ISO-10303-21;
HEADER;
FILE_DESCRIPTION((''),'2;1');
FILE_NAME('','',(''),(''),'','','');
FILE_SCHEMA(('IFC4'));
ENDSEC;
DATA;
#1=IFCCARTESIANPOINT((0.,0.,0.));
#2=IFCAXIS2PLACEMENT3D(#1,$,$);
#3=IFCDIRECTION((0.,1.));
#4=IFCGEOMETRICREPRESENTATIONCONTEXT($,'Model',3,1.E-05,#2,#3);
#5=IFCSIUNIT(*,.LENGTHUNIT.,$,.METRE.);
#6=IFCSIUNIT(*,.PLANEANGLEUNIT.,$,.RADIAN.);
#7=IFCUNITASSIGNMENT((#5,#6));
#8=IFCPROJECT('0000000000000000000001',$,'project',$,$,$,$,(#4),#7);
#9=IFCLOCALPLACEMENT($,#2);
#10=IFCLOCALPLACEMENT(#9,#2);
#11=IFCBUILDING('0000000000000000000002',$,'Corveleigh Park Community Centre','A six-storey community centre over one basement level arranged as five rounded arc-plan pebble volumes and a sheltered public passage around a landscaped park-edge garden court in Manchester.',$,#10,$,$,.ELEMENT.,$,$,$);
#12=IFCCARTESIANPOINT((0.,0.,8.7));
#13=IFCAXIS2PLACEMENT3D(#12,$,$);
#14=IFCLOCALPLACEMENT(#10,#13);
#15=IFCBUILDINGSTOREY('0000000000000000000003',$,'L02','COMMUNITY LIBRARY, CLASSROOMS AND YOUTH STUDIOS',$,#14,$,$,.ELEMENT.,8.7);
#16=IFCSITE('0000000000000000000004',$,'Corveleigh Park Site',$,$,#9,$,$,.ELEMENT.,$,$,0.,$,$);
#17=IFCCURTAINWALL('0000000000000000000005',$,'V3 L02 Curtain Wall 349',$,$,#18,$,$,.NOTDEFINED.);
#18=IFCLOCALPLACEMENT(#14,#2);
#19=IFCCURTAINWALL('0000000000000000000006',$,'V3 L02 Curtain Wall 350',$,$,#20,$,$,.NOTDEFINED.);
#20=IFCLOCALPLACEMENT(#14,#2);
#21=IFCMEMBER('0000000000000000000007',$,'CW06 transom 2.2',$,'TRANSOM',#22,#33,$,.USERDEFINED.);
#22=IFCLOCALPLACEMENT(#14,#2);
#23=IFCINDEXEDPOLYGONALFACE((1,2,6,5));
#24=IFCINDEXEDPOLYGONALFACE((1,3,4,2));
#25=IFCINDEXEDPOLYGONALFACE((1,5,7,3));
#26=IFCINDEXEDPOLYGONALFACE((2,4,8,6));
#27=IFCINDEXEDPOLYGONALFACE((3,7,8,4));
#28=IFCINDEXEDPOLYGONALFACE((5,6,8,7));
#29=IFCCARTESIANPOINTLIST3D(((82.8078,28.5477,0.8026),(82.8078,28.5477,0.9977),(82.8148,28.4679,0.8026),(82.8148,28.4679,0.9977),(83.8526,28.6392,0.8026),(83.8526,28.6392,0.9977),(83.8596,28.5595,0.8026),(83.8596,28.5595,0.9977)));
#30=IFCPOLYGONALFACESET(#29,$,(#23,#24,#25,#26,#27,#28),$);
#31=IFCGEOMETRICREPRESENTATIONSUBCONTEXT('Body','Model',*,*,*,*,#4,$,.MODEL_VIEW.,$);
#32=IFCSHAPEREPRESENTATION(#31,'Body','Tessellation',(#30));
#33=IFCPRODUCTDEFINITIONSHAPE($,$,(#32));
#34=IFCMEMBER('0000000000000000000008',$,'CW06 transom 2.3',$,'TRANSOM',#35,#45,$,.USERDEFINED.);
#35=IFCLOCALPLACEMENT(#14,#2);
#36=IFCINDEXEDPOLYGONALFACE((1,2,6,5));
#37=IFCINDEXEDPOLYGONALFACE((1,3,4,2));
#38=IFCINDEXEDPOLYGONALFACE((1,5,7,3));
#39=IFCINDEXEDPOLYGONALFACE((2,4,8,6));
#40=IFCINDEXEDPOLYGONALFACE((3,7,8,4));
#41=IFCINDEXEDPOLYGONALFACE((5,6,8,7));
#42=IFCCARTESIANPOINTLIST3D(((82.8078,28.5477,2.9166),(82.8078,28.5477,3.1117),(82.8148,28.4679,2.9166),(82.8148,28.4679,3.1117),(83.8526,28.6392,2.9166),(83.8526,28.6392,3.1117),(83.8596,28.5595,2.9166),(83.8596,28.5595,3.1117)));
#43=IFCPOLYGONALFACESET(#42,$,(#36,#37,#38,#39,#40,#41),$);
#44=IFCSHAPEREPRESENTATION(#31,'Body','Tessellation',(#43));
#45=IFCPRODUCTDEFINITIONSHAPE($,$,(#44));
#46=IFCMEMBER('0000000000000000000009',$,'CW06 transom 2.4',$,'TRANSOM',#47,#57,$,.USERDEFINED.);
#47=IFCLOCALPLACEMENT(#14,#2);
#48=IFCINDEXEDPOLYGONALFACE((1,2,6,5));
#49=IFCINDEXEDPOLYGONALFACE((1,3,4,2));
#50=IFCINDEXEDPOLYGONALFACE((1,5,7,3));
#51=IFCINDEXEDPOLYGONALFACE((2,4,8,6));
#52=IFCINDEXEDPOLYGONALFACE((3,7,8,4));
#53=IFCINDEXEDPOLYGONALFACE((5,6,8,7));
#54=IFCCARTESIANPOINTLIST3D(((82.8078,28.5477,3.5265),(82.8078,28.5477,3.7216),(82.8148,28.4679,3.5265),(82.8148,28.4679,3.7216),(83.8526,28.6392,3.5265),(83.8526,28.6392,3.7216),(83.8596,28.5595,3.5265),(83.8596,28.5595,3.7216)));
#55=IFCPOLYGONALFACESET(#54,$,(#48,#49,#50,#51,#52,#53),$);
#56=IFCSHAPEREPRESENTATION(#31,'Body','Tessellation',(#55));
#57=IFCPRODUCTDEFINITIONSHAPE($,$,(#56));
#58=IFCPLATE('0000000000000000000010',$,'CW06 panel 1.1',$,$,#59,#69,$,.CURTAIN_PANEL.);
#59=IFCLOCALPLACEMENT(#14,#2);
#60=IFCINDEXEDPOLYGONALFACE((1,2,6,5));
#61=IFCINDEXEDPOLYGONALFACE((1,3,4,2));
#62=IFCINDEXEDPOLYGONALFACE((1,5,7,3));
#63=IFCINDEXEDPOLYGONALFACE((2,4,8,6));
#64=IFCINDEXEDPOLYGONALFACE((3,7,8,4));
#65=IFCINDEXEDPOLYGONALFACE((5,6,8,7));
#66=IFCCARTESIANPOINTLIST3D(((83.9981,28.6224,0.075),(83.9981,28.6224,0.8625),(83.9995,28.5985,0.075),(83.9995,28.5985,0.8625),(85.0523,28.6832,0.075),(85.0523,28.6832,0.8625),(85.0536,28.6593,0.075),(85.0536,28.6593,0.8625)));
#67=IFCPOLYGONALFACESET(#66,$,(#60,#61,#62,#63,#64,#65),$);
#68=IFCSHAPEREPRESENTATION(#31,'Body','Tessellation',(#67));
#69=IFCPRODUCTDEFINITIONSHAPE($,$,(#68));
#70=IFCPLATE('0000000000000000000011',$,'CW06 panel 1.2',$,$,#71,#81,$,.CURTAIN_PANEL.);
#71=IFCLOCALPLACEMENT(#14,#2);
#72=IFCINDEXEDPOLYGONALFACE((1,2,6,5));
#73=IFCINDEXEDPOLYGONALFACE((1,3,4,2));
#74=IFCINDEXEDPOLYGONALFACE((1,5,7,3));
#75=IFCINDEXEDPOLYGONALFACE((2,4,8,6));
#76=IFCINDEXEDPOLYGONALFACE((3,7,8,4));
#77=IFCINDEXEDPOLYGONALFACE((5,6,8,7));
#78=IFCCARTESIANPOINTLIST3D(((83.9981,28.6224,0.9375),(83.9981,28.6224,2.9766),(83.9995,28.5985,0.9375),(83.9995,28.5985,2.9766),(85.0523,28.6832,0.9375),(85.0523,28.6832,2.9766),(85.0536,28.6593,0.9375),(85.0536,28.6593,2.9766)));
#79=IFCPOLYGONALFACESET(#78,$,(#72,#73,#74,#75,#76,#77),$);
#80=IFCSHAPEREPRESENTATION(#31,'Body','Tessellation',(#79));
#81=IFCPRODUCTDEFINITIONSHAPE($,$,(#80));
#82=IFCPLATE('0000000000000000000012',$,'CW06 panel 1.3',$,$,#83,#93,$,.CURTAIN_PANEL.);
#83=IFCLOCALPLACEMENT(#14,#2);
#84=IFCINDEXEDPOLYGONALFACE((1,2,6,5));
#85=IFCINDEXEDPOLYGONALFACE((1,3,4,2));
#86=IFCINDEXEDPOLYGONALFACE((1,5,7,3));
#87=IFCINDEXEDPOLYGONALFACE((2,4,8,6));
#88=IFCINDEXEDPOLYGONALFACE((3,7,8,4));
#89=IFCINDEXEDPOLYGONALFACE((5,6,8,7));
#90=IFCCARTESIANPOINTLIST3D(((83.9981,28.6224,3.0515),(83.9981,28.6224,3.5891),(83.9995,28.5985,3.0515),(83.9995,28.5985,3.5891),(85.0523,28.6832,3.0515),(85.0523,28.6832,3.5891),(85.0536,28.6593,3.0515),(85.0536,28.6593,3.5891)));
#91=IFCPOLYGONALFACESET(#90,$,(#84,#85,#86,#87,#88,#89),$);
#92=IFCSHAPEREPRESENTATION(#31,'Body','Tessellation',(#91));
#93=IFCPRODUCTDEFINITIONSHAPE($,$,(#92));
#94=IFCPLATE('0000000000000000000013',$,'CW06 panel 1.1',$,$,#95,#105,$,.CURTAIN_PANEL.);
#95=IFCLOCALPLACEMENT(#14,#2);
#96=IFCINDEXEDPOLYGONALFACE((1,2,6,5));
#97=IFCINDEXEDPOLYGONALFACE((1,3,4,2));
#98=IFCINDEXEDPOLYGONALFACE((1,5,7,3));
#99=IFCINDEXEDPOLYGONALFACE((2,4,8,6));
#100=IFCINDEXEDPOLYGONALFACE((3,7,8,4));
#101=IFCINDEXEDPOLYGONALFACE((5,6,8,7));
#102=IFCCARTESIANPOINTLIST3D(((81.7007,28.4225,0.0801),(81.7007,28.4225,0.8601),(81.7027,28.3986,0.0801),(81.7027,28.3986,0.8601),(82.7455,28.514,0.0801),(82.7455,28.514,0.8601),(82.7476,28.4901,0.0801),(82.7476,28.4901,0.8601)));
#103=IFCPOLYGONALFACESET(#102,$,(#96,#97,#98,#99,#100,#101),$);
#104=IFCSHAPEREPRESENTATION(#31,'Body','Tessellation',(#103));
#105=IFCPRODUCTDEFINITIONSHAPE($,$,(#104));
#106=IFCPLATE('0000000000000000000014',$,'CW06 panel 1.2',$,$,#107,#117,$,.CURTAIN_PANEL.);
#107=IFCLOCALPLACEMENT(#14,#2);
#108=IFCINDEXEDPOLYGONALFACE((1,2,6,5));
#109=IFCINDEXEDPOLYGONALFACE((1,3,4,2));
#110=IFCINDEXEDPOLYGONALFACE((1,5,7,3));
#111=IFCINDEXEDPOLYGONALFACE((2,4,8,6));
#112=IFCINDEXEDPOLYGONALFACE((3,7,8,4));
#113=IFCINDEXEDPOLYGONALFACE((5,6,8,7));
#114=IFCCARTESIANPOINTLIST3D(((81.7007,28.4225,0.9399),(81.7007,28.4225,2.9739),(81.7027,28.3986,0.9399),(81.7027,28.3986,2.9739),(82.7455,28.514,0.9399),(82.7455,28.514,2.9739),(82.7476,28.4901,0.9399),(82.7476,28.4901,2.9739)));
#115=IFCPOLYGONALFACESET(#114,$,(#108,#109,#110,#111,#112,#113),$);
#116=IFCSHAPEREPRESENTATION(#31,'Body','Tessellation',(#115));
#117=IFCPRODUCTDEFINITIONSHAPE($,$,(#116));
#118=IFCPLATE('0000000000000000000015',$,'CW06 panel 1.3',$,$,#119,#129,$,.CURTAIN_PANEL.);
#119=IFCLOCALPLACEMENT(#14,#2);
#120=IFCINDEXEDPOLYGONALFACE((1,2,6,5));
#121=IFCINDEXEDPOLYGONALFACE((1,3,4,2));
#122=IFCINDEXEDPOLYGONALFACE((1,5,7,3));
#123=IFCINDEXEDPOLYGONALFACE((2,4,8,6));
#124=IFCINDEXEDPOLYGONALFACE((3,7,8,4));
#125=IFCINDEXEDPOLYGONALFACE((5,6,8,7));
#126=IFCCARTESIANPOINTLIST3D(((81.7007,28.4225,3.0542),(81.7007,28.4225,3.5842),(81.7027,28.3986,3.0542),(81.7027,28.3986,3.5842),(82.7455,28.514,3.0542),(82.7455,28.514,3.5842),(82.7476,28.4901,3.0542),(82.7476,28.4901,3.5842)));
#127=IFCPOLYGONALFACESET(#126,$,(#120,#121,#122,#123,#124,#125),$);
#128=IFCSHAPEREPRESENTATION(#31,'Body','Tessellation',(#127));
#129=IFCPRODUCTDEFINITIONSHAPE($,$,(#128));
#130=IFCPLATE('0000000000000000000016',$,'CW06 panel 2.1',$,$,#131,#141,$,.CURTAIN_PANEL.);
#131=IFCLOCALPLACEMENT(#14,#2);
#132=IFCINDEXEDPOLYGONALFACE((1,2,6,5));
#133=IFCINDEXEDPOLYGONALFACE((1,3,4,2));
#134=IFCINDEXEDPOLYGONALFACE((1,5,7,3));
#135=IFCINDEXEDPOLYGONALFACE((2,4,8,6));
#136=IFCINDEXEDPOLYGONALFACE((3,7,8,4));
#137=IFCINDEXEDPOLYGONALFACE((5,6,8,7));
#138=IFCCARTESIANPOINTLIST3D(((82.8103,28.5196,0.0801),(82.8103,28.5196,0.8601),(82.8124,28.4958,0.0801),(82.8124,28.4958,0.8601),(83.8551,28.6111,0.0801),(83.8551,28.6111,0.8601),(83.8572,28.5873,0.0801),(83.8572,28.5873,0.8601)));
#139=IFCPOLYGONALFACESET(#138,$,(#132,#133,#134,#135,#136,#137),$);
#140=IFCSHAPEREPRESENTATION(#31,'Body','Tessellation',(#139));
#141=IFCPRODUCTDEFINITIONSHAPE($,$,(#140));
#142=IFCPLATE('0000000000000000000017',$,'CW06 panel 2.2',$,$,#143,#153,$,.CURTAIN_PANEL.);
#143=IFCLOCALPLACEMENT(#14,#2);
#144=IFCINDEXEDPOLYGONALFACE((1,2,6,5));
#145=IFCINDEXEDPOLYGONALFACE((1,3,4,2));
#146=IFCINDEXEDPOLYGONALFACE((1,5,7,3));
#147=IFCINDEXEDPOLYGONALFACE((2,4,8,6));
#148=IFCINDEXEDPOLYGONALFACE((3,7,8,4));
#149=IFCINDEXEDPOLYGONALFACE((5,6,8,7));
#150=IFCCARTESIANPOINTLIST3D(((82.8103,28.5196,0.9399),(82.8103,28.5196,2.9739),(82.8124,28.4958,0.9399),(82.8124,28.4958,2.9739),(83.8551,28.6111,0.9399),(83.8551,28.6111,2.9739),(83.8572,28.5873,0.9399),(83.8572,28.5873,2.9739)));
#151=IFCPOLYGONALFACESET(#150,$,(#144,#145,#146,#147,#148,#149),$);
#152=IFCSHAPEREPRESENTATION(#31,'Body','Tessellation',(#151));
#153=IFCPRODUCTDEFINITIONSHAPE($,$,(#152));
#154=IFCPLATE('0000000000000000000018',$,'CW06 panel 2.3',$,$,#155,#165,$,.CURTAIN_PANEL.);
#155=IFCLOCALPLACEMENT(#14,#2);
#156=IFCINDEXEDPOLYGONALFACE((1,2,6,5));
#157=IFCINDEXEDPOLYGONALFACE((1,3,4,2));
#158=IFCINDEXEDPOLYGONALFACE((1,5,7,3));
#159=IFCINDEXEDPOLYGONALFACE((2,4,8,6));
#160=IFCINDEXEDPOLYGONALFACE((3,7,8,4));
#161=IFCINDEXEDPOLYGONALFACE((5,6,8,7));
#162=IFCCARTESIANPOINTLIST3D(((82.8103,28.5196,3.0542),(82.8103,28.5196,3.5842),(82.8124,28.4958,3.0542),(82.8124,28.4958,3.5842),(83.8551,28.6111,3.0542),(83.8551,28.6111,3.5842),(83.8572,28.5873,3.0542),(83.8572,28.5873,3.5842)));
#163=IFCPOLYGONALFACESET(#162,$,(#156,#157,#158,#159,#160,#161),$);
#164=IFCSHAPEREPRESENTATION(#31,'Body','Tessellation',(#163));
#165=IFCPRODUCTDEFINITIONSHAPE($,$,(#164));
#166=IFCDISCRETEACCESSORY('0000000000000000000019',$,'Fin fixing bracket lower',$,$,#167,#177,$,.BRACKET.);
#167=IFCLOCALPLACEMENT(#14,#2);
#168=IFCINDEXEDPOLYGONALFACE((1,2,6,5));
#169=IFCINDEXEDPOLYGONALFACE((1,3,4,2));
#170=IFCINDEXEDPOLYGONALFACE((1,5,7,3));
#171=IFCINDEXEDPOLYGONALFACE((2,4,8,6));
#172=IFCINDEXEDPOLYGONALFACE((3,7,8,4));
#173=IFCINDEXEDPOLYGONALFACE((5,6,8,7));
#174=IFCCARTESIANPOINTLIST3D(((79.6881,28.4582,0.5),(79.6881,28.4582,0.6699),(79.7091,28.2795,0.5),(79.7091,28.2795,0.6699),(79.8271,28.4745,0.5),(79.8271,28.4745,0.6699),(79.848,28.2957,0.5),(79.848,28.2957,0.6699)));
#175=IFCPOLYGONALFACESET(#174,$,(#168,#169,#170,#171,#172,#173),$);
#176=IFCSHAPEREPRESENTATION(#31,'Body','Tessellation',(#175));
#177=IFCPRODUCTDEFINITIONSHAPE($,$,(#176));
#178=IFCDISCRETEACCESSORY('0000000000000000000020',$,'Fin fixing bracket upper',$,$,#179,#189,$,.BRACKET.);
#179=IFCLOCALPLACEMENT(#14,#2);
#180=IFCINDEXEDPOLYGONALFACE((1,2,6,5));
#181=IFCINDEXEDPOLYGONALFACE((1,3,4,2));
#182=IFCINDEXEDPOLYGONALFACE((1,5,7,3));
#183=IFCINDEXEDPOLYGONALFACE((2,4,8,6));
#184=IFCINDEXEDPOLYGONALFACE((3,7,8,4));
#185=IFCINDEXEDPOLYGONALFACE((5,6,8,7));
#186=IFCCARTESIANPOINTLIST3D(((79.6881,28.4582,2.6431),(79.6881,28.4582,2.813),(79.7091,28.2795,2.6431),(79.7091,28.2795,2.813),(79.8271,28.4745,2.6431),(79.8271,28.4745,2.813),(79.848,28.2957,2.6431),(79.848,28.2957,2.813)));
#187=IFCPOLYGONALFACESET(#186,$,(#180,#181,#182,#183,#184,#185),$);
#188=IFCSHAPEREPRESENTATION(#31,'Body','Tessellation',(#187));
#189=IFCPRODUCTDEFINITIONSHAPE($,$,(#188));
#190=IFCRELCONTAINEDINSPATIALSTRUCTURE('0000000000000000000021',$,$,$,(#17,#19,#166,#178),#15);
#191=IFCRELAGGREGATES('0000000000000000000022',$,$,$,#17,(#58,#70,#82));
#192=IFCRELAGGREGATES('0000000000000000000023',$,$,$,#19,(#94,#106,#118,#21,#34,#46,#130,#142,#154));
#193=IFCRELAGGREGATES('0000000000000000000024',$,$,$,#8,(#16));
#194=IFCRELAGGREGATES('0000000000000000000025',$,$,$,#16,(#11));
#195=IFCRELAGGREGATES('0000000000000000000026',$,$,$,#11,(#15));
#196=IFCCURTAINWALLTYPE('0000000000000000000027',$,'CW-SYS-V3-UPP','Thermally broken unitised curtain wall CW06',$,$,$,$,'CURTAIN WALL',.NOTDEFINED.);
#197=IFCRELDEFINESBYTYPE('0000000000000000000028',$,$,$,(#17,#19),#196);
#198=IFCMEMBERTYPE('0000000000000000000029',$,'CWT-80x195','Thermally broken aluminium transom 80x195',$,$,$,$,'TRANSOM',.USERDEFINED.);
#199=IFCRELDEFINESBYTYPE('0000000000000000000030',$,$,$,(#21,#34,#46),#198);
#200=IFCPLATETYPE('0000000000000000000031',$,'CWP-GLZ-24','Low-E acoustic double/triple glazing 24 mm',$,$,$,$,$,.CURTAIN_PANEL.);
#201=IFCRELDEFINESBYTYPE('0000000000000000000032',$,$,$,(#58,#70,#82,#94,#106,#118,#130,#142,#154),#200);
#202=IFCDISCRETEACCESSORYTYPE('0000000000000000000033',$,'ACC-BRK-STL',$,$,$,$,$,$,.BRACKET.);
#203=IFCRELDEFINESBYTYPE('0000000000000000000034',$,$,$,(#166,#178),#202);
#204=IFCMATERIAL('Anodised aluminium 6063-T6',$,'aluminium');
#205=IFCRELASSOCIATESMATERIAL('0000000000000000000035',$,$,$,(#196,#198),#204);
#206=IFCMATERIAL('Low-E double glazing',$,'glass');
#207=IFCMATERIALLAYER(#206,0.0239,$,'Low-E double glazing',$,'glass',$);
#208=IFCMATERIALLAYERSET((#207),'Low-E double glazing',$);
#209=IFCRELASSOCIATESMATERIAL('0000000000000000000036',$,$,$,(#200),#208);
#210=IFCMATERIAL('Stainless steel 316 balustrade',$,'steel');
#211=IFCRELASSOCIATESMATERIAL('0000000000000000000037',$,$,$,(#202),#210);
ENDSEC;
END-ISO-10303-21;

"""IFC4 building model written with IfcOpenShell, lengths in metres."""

from ifc_helpers import new_model, si_unit, direction, frame, origin, origin_2d, place, context, subcontext, project, spatial, rectangle, extrude, material, layer, layer_set, material_profile, profile_set, type_object, element, aggregate, save


model = new_model("IFC4")

# Units and contexts
model_context = context("Model", 3, precision=1e-05, world=origin(), true_north=direction((0.0, 1.0)))
body_context = subcontext(model_context, "Body", "Model", "MODEL_VIEW")
ifc_project = project(units=[si_unit("LENGTHUNIT", "METRE"), si_unit("PLANEANGLEUNIT", "RADIAN")], contexts=[model_context])

# Site, building, storey
site_placement = place(None, origin())
site = spatial("IfcSite", under=ifc_project, at=site_placement, Name="Corveleigh Park Site", CompositionType="ELEMENT", RefElevation=0.0)
building_placement = place(site_placement, origin())
building = spatial("IfcBuilding", under=site, at=building_placement, Name="Corveleigh Park Community Centre", Description="A six-storey community centre over one basement level arranged as five rounded arc-plan pebble volumes and a sheltered public passage around a landscaped park-edge garden court in Manchester.", CompositionType="ELEMENT")
storey_placement = place(building_placement, frame((0.0, 0.0, 8.7)))
storey = spatial("IfcBuildingStorey", under=building, at=storey_placement, Name="L02", Description="COMMUNITY LIBRARY, CLASSROOMS AND YOUTH STUDIOS", CompositionType="ELEMENT", Elevation=8.7)

# Curtain walls
ifc_material_1 = material(Name="Anodised aluminium 6063-T6", Category="aluminium")
curtain_wall_type = type_object("IfcCurtainWallType", Name="CW-SYS-V3-UPP", Description="Thermally broken unitised curtain wall CW06", ElementType="CURTAIN WALL", PredefinedType="NOTDEFINED", material=ifc_material_1)
curtain_wall_1_placement = place(storey_placement, origin())
curtain_wall_1 = element("IfcCurtainWall", 1, at=curtain_wall_1_placement, inside=storey, type_object=curtain_wall_type, Name="V3 L02 Curtain Wall 349", PredefinedType="NOTDEFINED")
curtain_wall_2_placement = place(storey_placement, origin())
curtain_wall_2 = element("IfcCurtainWall", 2, at=curtain_wall_2_placement, inside=storey, type_object=curtain_wall_type, Name="V3 L02 Curtain Wall 350", PredefinedType="NOTDEFINED")

# Members
ifc_material_profile_1 = material_profile(ifc_material_1, rectangle(XDim=0.0801, YDim=0.1951, at=origin_2d()), Name="ALU-T80x195", Category="aluminium")
ifc_profile_set_1 = profile_set([ifc_material_profile_1], Name="Anodised aluminium 6063-T6")
member_type_1 = type_object("IfcMemberType", Name="CWT-80x195", Description="Thermally broken aluminium transom 80x195", ElementType="TRANSOM", PredefinedType="USERDEFINED", material=ifc_profile_set_1)
member_1_placement = place(storey_placement, frame((82.8113, 28.5078, 0.9001), z_axis=(0.996184, 0.087282, 0.0), x_axis=(-0.087282, 0.996184, 0.0)))
member_1 = element("IfcMember", 3, at=member_1_placement, type_object=member_type_1, Name="CW06 transom 2.2", ObjectType="TRANSOM", PredefinedType="USERDEFINED", context=body_context, shape_type="SweptSolid", body=[
    extrude(rectangle(XDim=0.0801, YDim=0.1951, at=origin_2d()), origin(), (0.0, 0.0, 1.0), 1.0488),
])
member_2_placement = place(storey_placement, frame((82.8113, 28.5078, 3.0142), z_axis=(0.996184, 0.087282, 0.0), x_axis=(-0.087282, 0.996184, 0.0)))
member_2 = element("IfcMember", 4, at=member_2_placement, type_object=member_type_1, Name="CW06 transom 2.3", ObjectType="TRANSOM", PredefinedType="USERDEFINED", context=body_context, shape_type="SweptSolid", body=[
    extrude(rectangle(XDim=0.0801, YDim=0.1951, at=origin_2d()), origin(), (0.0, 0.0, 1.0), 1.0488),
])
member_3_placement = place(storey_placement, frame((82.8113, 28.5078, 3.624), z_axis=(0.996184, 0.087282, 0.0), x_axis=(-0.087282, 0.996184, 0.0)))
member_3 = element("IfcMember", 5, at=member_3_placement, type_object=member_type_1, Name="CW06 transom 2.4", ObjectType="TRANSOM", PredefinedType="USERDEFINED", context=body_context, shape_type="SweptSolid", body=[
    extrude(rectangle(XDim=0.0801, YDim=0.1951, at=origin_2d()), origin(), (0.0, 0.0, 1.0), 1.0488),
])

# Plates
ifc_material_2 = material(Name="Low-E double glazing", Category="glass")
ifc_layer = layer(ifc_material_2, 0.0239, Name="Low-E double glazing", Category="glass")
ifc_layer_set = layer_set([ifc_layer], Name="Low-E double glazing")
plate_type = type_object("IfcPlateType", Name="CWP-GLZ-24", Description="Low-E acoustic double/triple glazing 24 mm", PredefinedType="CURTAIN_PANEL", material=ifc_layer_set)
plate_1_placement = place(storey_placement, frame((84.5259, 28.6409, 0.075), z_axis=(0.0, 0.0, 1.0), x_axis=(0.99834, 0.057597, 0.0)))
plate_1 = element("IfcPlate", 6, at=plate_1_placement, type_object=plate_type, Name="CW06 panel 1.1", PredefinedType="CURTAIN_PANEL", context=body_context, shape_type="SweptSolid", body=[
    extrude(rectangle(XDim=1.0559, YDim=0.0239, at=origin_2d()), origin(), (0.0, 0.0, 1.0), 0.7876),
])
plate_2_placement = place(storey_placement, frame((84.5259, 28.6409, 0.9375), z_axis=(0.0, 0.0, 1.0), x_axis=(0.99834, 0.057597, 0.0)))
plate_2 = element("IfcPlate", 7, at=plate_2_placement, type_object=plate_type, Name="CW06 panel 1.2", PredefinedType="CURTAIN_PANEL", context=body_context, shape_type="SweptSolid", body=[
    extrude(rectangle(XDim=1.0559, YDim=0.0239, at=origin_2d()), origin(), (0.0, 0.0, 1.0), 2.0391),
])
plate_3_placement = place(storey_placement, frame((84.5259, 28.6409, 3.0515), z_axis=(0.0, 0.0, 1.0), x_axis=(0.99834, 0.057597, 0.0)))
plate_3 = element("IfcPlate", 8, at=plate_3_placement, type_object=plate_type, Name="CW06 panel 1.3", PredefinedType="CURTAIN_PANEL", context=body_context, shape_type="SweptSolid", body=[
    extrude(rectangle(XDim=1.0559, YDim=0.0239, at=origin_2d()), origin(), (0.0, 0.0, 1.0), 0.5376),
])
aggregate(curtain_wall_1, [plate_1, plate_2, plate_3])
plate_4_placement = place(storey_placement, frame((82.2241, 28.4563, 0.0801), z_axis=(0.0, 0.0, 1.0), x_axis=(0.996188, 0.087232, 0.0)))
plate_4 = element("IfcPlate", 9, at=plate_4_placement, type_object=plate_type, Name="CW06 panel 1.1", PredefinedType="CURTAIN_PANEL", context=body_context, shape_type="SweptSolid", body=[
    extrude(rectangle(XDim=1.0488, YDim=0.0239, at=origin_2d()), origin(), (0.0, 0.0, 1.0), 0.78),
])
plate_5_placement = place(storey_placement, frame((82.2241, 28.4563, 0.9399), z_axis=(0.0, 0.0, 1.0), x_axis=(0.996188, 0.087232, 0.0)))
plate_5 = element("IfcPlate", 10, at=plate_5_placement, type_object=plate_type, Name="CW06 panel 1.2", PredefinedType="CURTAIN_PANEL", context=body_context, shape_type="SweptSolid", body=[
    extrude(rectangle(XDim=1.0488, YDim=0.0239, at=origin_2d()), origin(), (0.0, 0.0, 1.0), 2.0339),
])
plate_6_placement = place(storey_placement, frame((82.2241, 28.4563, 3.0542), z_axis=(0.0, 0.0, 1.0), x_axis=(0.996188, 0.087232, 0.0)))
plate_6 = element("IfcPlate", 11, at=plate_6_placement, type_object=plate_type, Name="CW06 panel 1.3", PredefinedType="CURTAIN_PANEL", context=body_context, shape_type="SweptSolid", body=[
    extrude(rectangle(XDim=1.0488, YDim=0.0239, at=origin_2d()), origin(), (0.0, 0.0, 1.0), 0.53),
])
plate_7_placement = place(storey_placement, frame((83.3337, 28.5535, 0.0801), z_axis=(0.0, 0.0, 1.0), x_axis=(0.996188, 0.087232, 0.0)))
plate_7 = element("IfcPlate", 12, at=plate_7_placement, type_object=plate_type, Name="CW06 panel 2.1", PredefinedType="CURTAIN_PANEL", context=body_context, shape_type="SweptSolid", body=[
    extrude(rectangle(XDim=1.0488, YDim=0.0239, at=origin_2d()), origin(), (0.0, 0.0, 1.0), 0.78),
])
plate_8_placement = place(storey_placement, frame((83.3337, 28.5535, 0.9399), z_axis=(0.0, 0.0, 1.0), x_axis=(0.996188, 0.087232, 0.0)))
plate_8 = element("IfcPlate", 13, at=plate_8_placement, type_object=plate_type, Name="CW06 panel 2.2", PredefinedType="CURTAIN_PANEL", context=body_context, shape_type="SweptSolid", body=[
    extrude(rectangle(XDim=1.0488, YDim=0.0239, at=origin_2d()), origin(), (0.0, 0.0, 1.0), 2.0339),
])
plate_9_placement = place(storey_placement, frame((83.3337, 28.5535, 3.0542), z_axis=(0.0, 0.0, 1.0), x_axis=(0.996188, 0.087232, 0.0)))
plate_9 = element("IfcPlate", 14, at=plate_9_placement, type_object=plate_type, Name="CW06 panel 2.3", PredefinedType="CURTAIN_PANEL", context=body_context, shape_type="SweptSolid", body=[
    extrude(rectangle(XDim=1.0488, YDim=0.0239, at=origin_2d()), origin(), (0.0, 0.0, 1.0), 0.53),
])
aggregate(curtain_wall_2, [plate_4, plate_5, plate_6, member_1, member_2, member_3, plate_7, plate_8, plate_9])

# Discrete accessories
ifc_material_3 = material(Name="Stainless steel 316 balustrade", Category="steel")
discrete_accessory_type = type_object("IfcDiscreteAccessoryType", Name="ACC-BRK-STL", PredefinedType="BRACKET", material=ifc_material_3)
for number, where, z_axis, x_axis, name in (
    (15, (79.7681, 28.377, 0.5), (0.0, 0.0, 1.0), (-0.116512, 0.993189, 0.0), "Fin fixing bracket lower"),
    (16, (79.7681, 28.377, 2.6431), (0.0, 0.0, 1.0), (-0.116512, 0.993189, 0.0), "Fin fixing bracket upper"),
):
    element("IfcDiscreteAccessory", number, at=place(storey_placement, frame(where, z_axis=z_axis, x_axis=x_axis)), inside=storey, type_object=discrete_accessory_type, Name=name, PredefinedType="BRACKET", context=body_context, shape_type="SweptSolid", body=[
        extrude(rectangle(XDim=0.1799, YDim=0.1399, at=origin_2d()), origin(), (0.0, 0.0, 1.0), 0.1699),
    ])

save(model, "model.ifc")
